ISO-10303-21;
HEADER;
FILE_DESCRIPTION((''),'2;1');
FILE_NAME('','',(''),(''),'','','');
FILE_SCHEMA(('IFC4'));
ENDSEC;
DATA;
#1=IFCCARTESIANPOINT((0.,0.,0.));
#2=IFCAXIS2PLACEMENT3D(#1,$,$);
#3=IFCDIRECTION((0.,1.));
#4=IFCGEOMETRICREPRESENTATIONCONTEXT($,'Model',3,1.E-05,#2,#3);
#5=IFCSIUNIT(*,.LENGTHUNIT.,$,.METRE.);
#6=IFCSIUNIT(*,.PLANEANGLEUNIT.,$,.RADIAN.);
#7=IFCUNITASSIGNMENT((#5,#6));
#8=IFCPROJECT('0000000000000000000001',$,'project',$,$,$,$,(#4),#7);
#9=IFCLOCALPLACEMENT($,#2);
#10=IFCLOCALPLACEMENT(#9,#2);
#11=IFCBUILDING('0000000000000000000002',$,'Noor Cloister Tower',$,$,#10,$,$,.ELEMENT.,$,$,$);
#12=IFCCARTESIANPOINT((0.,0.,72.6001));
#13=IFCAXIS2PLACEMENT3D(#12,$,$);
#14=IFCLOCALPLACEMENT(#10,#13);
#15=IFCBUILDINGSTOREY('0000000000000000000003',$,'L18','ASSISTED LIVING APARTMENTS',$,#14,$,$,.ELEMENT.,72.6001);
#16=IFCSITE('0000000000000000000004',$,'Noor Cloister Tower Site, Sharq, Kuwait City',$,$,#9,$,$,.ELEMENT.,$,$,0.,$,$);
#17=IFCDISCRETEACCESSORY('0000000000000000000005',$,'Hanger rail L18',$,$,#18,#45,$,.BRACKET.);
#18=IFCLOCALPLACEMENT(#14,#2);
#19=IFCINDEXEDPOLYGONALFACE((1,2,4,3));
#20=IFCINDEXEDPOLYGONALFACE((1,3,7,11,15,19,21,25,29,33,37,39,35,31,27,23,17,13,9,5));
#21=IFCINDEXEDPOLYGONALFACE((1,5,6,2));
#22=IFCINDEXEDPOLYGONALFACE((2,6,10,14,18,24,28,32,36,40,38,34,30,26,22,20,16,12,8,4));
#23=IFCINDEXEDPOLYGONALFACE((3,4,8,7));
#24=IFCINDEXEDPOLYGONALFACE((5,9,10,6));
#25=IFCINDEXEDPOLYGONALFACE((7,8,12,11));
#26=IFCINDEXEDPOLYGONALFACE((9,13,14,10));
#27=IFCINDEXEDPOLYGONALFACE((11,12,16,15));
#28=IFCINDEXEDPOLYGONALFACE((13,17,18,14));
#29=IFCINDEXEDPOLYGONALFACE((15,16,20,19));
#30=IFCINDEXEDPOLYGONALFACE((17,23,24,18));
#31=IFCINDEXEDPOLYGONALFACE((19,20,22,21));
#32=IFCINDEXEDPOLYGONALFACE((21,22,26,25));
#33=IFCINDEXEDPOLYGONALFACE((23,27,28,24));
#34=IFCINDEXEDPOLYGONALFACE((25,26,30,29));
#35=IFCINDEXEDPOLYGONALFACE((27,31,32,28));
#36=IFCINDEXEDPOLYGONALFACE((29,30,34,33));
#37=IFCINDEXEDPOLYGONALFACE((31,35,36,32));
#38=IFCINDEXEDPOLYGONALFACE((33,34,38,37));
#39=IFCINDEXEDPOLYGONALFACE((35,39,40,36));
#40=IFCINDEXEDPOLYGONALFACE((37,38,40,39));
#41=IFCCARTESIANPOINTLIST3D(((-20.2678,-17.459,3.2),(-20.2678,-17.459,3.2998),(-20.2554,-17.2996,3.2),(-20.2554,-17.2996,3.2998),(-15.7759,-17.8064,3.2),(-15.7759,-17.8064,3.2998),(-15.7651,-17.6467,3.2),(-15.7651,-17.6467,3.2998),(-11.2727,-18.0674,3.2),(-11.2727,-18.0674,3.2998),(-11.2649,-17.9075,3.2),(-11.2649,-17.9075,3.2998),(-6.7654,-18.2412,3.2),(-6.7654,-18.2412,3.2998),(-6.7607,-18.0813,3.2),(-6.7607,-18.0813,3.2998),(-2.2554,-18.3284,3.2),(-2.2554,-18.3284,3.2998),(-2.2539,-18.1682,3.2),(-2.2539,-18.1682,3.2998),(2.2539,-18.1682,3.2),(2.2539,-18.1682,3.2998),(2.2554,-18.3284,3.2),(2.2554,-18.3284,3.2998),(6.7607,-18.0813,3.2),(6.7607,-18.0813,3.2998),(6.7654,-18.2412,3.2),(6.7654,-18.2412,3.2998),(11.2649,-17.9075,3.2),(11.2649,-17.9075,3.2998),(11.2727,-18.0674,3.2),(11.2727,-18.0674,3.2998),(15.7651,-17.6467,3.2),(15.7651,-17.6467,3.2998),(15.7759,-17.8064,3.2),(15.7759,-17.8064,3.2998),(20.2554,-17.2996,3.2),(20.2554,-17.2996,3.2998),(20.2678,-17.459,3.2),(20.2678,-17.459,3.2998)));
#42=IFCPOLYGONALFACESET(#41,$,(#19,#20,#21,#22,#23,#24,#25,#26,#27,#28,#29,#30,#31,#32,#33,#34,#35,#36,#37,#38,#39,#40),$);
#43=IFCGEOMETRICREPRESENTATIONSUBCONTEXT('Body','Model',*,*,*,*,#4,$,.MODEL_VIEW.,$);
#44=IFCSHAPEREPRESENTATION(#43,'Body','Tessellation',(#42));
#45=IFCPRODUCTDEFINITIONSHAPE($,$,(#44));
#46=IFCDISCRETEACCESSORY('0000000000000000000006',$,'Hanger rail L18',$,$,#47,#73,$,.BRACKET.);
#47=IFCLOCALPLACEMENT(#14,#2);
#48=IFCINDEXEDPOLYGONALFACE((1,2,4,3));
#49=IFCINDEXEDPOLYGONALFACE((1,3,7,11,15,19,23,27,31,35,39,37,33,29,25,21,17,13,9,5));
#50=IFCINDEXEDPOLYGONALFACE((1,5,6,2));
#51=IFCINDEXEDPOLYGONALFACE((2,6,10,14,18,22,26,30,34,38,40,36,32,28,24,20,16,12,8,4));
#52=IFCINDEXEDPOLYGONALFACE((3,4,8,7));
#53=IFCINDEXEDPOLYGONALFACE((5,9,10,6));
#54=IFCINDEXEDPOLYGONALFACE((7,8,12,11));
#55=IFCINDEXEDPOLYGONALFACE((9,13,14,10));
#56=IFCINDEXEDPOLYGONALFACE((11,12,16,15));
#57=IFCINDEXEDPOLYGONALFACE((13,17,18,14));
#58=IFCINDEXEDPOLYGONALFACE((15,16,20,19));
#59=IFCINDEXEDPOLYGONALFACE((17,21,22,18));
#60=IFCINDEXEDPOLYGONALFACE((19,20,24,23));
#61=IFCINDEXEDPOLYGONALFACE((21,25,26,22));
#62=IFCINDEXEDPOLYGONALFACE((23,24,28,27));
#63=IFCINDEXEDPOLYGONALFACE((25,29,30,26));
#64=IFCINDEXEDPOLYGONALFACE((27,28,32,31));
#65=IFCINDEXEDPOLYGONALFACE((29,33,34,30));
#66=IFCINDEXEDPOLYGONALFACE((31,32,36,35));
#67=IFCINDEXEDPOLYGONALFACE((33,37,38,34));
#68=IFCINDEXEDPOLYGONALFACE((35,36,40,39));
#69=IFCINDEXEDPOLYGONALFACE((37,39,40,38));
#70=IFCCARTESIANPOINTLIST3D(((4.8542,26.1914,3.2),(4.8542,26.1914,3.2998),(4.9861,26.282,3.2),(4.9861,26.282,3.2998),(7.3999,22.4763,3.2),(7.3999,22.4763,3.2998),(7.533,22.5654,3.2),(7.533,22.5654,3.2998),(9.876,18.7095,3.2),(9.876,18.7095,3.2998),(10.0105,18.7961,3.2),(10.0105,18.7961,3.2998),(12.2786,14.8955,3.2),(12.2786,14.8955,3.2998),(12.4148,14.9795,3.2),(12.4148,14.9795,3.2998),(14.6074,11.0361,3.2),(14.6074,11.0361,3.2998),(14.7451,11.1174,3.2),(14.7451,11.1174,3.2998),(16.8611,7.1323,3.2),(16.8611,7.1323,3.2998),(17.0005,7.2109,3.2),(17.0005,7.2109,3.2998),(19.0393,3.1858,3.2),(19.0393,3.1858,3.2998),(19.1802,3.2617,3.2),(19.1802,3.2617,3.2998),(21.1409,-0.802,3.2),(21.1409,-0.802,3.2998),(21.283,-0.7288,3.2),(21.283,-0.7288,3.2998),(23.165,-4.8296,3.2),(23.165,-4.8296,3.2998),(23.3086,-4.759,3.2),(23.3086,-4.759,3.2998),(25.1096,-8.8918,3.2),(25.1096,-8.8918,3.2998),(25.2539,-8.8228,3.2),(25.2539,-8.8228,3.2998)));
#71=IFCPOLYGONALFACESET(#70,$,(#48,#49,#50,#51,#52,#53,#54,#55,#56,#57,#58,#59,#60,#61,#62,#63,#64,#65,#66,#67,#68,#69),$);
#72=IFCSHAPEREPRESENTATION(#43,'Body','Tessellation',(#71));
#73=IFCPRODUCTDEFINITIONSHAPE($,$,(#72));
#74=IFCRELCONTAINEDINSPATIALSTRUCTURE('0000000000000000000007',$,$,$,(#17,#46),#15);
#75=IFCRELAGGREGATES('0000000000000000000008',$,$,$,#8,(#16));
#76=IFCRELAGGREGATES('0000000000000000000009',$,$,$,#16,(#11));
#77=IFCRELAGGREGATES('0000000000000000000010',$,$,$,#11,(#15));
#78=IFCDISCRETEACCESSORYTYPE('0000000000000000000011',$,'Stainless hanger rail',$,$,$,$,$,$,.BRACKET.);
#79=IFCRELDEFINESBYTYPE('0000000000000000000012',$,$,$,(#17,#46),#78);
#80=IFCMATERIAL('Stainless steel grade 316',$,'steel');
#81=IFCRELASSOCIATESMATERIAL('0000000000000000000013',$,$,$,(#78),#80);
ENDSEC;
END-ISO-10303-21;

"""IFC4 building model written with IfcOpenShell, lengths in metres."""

from ifc_helpers import new_model, si_unit, direction, frame, origin, place, context, subcontext, project, spatial, polyline, outline, extrude, material, type_object, element, save


model = new_model("IFC4")

# Units and contexts
model_context = context("Model", 3, precision=1e-05, world=origin(), true_north=direction((0.0, 1.0)))
body_context = subcontext(model_context, "Body", "Model", "MODEL_VIEW")
ifc_project = project(units=[si_unit("LENGTHUNIT", "METRE"), si_unit("PLANEANGLEUNIT", "RADIAN")], contexts=[model_context])

# Site, building, storey
site_placement = place(None, origin())
site = spatial("IfcSite", under=ifc_project, at=site_placement, Name="Noor Cloister Tower Site, Sharq, Kuwait City", CompositionType="ELEMENT", RefElevation=0.0)
building_placement = place(site_placement, origin())
building = spatial("IfcBuilding", under=site, at=building_placement, Name="Noor Cloister Tower", CompositionType="ELEMENT")
storey_placement = place(building_placement, frame((0.0, 0.0, 72.6001)))
storey = spatial("IfcBuildingStorey", under=building, at=storey_placement, Name="L18", Description="ASSISTED LIVING APARTMENTS", CompositionType="ELEMENT", Elevation=72.6001)

# Discrete accessories
ifc_material_1 = material(Name="Stainless steel grade 316", Category="steel")
discrete_accessory_type = type_object("IfcDiscreteAccessoryType", Name="Stainless hanger rail", PredefinedType="BRACKET", material=ifc_material_1)
discrete_accessory_1_placement = place(storey_placement, frame((0.0, 0.0, 3.2)))
element("IfcDiscreteAccessory", 1, at=discrete_accessory_1_placement, inside=storey, type_object=discrete_accessory_type, Name="Hanger rail L18", PredefinedType="BRACKET", context=body_context, shape_type="SweptSolid", body=[
    extrude(outline(polyline([(-20.2678, -17.459), (-15.7759, -17.8064), (-11.2727, -18.0674), (-6.7654, -18.2412), (-2.2554, -18.3284), (2.2554, -18.3284), (6.7654, -18.2412), (11.2727, -18.0674), (15.7759, -17.8064), (20.2678, -17.459), (20.2554, -17.2996), (15.7651, -17.6467), (11.2649, -17.9075), (6.7607, -18.0813), (2.2539, -18.1682), (-2.2539, -18.1682), (-6.7607, -18.0813), (-11.2649, -17.9075), (-15.7651, -17.6467), (-20.2554, -17.2996), (-20.2678, -17.459)])), origin(), (0.0, 0.0, 1.0), 0.0999),
])
discrete_accessory_2_placement = place(storey_placement, frame((0.0, 0.0, 3.2)))
element("IfcDiscreteAccessory", 2, at=discrete_accessory_2_placement, inside=storey, type_object=discrete_accessory_type, Name="Hanger rail L18", PredefinedType="BRACKET", context=body_context, shape_type="SweptSolid", body=[
    extrude(outline(polyline([(25.2539, -8.8228), (23.3086, -4.759), (21.283, -0.7288), (19.1802, 3.2617), (17.0005, 7.2109), (14.7451, 11.1174), (12.4148, 14.9795), (10.0105, 18.7961), (7.533, 22.5654), (4.9861, 26.282), (4.8542, 26.1914), (7.3999, 22.4763), (9.876, 18.7095), (12.2786, 14.8955), (14.6074, 11.0361), (16.8611, 7.1323), (19.0393, 3.1858), (21.1409, -0.802), (23.165, -4.8296), (25.1096, -8.8918), (25.2539, -8.8228)])), origin(), (0.0, 0.0, 1.0), 0.0999),
])

save(model, "model.ifc")
